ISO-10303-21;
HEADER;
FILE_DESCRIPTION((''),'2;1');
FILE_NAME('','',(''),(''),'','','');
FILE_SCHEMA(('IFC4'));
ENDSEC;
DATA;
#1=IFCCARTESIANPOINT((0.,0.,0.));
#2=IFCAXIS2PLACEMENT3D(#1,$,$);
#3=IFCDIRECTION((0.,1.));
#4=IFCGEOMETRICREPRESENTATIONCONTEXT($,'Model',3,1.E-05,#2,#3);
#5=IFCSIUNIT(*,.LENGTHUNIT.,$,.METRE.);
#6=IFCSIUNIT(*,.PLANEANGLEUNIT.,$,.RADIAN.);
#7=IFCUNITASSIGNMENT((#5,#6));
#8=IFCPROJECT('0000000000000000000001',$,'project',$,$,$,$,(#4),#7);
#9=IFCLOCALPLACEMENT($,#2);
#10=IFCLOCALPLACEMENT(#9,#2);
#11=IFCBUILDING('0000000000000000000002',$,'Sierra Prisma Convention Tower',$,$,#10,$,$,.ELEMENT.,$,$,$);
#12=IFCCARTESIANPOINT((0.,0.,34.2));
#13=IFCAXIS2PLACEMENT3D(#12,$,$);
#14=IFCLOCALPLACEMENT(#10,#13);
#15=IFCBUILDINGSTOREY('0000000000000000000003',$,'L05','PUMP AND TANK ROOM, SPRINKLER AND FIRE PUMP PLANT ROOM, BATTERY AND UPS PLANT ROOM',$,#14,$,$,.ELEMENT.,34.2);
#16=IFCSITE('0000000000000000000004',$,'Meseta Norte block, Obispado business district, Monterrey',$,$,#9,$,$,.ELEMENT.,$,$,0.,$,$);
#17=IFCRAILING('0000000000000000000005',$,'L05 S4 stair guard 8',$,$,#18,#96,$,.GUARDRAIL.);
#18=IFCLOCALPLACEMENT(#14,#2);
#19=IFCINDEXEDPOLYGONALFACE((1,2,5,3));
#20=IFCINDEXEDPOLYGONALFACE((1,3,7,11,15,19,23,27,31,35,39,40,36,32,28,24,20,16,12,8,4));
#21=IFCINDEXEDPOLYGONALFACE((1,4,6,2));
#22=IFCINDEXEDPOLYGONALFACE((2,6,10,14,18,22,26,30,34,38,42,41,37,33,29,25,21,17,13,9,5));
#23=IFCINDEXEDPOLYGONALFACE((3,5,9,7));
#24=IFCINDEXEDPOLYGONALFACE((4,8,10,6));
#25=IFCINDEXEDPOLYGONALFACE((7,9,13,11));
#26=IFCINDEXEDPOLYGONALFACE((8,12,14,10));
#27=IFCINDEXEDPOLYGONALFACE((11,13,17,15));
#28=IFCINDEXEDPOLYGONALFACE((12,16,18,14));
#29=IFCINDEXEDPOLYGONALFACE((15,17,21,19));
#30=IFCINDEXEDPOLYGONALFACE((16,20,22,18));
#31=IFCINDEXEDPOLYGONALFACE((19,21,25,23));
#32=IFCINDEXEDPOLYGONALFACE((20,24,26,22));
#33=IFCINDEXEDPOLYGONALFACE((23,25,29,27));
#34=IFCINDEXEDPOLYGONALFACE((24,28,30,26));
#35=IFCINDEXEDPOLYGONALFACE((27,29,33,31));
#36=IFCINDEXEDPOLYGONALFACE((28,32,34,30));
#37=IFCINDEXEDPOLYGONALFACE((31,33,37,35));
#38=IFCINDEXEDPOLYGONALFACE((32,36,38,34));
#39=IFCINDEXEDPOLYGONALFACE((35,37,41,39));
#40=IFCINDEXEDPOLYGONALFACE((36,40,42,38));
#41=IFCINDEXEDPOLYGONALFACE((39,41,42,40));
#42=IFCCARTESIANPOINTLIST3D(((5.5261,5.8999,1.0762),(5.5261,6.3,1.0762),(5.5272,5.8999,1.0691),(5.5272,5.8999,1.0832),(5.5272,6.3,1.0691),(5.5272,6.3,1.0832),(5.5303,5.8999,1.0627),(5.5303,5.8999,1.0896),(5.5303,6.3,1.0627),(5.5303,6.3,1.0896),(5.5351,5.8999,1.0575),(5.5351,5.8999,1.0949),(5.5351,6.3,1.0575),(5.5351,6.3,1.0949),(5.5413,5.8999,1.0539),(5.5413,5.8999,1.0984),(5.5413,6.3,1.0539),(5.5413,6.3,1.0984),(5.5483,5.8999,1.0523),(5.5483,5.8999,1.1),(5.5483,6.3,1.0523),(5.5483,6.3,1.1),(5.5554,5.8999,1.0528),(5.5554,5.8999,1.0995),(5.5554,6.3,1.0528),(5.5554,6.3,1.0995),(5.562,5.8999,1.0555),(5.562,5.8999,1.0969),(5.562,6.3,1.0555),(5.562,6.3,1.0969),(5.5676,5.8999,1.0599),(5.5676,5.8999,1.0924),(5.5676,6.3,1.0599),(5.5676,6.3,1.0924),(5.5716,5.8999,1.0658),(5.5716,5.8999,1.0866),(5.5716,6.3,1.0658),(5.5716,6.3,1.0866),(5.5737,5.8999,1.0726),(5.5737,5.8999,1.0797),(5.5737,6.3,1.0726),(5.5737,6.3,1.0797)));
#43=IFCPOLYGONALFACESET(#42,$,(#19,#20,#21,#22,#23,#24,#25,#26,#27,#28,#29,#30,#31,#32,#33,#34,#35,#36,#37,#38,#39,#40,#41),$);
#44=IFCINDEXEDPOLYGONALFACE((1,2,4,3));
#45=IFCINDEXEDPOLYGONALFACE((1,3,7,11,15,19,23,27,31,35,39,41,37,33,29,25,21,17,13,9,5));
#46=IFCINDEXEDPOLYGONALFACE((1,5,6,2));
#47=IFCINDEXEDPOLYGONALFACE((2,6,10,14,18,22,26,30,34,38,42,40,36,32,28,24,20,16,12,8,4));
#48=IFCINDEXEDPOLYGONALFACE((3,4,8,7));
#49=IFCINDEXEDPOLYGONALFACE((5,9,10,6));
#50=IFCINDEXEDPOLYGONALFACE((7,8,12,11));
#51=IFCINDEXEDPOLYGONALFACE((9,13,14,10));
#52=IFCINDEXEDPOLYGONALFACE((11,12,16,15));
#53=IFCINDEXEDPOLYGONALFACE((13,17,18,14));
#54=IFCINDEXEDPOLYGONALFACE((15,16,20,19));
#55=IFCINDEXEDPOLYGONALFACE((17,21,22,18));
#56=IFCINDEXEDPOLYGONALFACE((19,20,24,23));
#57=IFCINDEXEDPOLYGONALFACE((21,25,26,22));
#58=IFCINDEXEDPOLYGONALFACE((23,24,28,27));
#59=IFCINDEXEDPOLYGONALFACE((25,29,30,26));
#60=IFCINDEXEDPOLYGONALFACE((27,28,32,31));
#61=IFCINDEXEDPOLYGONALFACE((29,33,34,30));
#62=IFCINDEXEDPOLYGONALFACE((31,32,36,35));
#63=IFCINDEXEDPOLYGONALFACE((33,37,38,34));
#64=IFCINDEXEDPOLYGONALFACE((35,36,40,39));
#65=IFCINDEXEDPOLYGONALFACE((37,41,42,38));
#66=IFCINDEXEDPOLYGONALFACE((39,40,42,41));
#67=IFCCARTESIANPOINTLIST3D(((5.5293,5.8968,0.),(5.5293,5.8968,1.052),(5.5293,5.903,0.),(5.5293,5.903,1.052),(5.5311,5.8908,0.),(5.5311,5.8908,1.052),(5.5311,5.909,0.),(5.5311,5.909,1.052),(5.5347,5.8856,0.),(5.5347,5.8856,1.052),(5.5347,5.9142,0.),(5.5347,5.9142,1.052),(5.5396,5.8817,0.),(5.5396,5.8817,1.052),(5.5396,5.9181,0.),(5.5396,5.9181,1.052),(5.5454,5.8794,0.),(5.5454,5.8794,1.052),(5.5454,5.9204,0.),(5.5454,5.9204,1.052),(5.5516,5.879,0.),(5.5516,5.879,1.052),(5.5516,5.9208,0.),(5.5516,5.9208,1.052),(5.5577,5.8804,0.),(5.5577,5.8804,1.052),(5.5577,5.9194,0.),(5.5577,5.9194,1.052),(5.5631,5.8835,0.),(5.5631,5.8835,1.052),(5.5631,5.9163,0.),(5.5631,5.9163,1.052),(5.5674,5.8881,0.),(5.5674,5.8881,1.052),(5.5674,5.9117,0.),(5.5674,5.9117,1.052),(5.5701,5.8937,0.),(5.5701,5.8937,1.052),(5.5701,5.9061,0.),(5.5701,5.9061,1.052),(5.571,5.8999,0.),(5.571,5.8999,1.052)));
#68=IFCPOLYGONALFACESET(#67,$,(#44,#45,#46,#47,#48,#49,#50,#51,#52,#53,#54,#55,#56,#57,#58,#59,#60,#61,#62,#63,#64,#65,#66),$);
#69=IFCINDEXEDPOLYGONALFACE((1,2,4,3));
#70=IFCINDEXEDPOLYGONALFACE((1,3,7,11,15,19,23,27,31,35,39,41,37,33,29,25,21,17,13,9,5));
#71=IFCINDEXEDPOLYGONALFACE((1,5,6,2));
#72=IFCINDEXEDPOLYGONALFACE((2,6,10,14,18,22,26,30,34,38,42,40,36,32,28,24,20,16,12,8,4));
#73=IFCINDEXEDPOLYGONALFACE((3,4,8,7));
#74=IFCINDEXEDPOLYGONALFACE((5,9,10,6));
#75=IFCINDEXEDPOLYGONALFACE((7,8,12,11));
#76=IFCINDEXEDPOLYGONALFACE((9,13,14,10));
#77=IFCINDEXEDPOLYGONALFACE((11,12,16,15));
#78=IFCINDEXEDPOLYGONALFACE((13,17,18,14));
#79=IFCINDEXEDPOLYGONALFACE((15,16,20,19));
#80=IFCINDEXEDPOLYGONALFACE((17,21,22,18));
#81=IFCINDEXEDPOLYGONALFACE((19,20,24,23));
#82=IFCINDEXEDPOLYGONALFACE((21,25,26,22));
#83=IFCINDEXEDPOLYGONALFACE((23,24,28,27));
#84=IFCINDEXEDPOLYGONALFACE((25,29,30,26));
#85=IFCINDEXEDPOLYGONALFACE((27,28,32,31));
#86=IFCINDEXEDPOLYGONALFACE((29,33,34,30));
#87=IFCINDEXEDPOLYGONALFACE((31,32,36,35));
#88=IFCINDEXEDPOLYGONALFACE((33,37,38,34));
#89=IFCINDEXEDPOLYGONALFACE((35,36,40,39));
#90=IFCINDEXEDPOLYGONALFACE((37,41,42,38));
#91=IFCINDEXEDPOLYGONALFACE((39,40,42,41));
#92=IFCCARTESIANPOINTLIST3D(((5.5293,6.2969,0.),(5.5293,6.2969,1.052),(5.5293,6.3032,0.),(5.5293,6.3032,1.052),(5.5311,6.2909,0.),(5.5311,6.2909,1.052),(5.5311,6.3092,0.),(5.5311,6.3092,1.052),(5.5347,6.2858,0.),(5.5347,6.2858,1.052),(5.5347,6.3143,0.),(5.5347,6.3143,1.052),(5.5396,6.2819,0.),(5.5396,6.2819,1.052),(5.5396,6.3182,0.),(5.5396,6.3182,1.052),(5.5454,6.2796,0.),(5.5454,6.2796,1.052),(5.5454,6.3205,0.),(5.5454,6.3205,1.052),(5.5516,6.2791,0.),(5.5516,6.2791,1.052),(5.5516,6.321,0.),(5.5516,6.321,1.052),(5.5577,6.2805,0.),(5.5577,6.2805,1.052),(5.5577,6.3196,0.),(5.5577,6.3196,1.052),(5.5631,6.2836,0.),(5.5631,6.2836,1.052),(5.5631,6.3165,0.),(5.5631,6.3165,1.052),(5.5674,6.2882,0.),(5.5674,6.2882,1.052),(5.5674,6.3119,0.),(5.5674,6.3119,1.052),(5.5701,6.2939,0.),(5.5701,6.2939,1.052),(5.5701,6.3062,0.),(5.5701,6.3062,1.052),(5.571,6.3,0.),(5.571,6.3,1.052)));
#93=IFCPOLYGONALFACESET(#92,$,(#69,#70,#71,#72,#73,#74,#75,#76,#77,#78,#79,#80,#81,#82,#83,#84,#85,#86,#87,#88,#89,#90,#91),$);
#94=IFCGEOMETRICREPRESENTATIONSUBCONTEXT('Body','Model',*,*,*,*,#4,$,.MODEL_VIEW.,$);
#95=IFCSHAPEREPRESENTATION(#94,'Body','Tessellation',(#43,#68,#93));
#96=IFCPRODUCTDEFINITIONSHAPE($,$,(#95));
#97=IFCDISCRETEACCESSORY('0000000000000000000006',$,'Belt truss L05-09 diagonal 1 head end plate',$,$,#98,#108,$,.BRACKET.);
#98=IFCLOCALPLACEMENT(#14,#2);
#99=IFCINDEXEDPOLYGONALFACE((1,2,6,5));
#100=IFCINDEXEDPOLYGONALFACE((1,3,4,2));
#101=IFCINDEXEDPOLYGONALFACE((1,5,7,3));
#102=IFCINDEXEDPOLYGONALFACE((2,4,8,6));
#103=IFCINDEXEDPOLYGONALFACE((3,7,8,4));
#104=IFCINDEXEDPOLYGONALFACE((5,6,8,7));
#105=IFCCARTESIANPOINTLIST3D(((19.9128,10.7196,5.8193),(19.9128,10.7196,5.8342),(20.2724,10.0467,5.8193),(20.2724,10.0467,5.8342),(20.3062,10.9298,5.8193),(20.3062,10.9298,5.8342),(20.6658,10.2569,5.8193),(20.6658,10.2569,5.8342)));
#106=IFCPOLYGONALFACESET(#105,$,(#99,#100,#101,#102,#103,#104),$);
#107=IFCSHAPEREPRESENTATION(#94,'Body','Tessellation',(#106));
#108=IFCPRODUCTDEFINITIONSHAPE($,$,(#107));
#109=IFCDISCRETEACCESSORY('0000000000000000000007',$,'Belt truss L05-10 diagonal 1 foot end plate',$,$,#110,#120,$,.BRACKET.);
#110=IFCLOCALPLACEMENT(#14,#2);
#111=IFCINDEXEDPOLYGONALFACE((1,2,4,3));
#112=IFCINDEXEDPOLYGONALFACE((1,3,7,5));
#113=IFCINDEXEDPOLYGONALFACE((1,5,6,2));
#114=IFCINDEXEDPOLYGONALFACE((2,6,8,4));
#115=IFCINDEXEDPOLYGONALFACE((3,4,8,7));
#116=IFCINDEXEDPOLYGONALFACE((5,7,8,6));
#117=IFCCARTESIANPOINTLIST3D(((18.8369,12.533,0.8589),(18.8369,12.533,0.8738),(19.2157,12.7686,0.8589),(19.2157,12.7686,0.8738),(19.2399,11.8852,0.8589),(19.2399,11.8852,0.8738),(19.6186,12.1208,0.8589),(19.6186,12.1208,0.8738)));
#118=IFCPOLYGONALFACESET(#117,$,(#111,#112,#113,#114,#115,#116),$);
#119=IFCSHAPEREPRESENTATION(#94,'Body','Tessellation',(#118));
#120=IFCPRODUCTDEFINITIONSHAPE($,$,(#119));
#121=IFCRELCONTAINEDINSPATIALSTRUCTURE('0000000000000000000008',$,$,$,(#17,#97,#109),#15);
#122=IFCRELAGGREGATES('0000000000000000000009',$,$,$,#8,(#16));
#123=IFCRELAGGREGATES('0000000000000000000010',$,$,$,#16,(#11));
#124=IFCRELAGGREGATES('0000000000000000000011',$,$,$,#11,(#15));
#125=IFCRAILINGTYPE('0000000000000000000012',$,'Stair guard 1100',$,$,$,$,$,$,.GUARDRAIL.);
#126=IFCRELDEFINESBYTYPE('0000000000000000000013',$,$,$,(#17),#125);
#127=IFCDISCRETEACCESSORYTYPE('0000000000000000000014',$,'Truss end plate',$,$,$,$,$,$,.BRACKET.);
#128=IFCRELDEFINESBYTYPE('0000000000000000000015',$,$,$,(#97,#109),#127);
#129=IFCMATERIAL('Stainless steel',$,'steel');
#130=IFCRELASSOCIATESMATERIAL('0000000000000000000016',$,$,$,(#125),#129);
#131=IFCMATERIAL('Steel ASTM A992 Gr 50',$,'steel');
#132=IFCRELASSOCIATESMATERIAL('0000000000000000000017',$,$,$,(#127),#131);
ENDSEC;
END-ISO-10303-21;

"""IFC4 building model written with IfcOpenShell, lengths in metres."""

from ifc_helpers import new_model, si_unit, direction, frame, origin, origin_2d, place, context, subcontext, project, spatial, rectangle, circle, extrude, material, type_object, element, save


model = new_model("IFC4")

# Units and contexts
model_context = context("Model", 3, precision=1e-05, world=origin(), true_north=direction((0.0, 1.0)))
body_context = subcontext(model_context, "Body", "Model", "MODEL_VIEW")
ifc_project = project(units=[si_unit("LENGTHUNIT", "METRE"), si_unit("PLANEANGLEUNIT", "RADIAN")], contexts=[model_context])

# Site, building, storey
site_placement = place(None, origin())
site = spatial("IfcSite", under=ifc_project, at=site_placement, Name="Meseta Norte block, Obispado business district, Monterrey", CompositionType="ELEMENT", RefElevation=0.0)
building_placement = place(site_placement, origin())
building = spatial("IfcBuilding", under=site, at=building_placement, Name="Sierra Prisma Convention Tower", CompositionType="ELEMENT")
storey_placement = place(building_placement, frame((0.0, 0.0, 34.2)))
storey = spatial("IfcBuildingStorey", under=building, at=storey_placement, Name="L05", Description="PUMP AND TANK ROOM, SPRINKLER AND FIRE PUMP PLANT ROOM, BATTERY AND UPS PLANT ROOM", CompositionType="ELEMENT", Elevation=34.2)

# Railing
ifc_material_1 = material(Name="Stainless steel", Category="steel")
railing_type_1 = type_object("IfcRailingType", Name="Stair guard 1100", PredefinedType="GUARDRAIL", material=ifc_material_1)
railing_1_placement = place(storey_placement, frame((5.55, 5.8999, 0.0)))
element("IfcRailing", 1, at=railing_1_placement, inside=storey, type_object=railing_type_1, Name="L05 S4 stair guard 8", PredefinedType="GUARDRAIL", context=body_context, shape_type="SweptSolid", body=[
    extrude(circle(Radius=0.0239, at=origin_2d()), frame((0.0, 0.0, 1.0762), z_axis=(0.0, 1.0, 0.0), x_axis=(-1.0, 0.0, 0.0)), (0.0, 0.0, 1.0), 0.4001),
    extrude(circle(Radius=0.021, at=origin_2d()), origin(), (0.0, 0.0, 1.0), 1.052),
    extrude(circle(Radius=0.021, at=origin_2d()), frame((0.0, 0.4001, 0.0)), (0.0, 0.0, 1.0), 1.052),
])

# Discrete accessories
ifc_material_2 = material(Name="Steel ASTM A992 Gr 50", Category="steel")
discrete_accessory_type = type_object("IfcDiscreteAccessoryType", Name="Truss end plate", PredefinedType="BRACKET", material=ifc_material_2)
for number, where, z_axis, x_axis, name in (
    (2, (20.2893, 10.4883, 5.8193), (0.0, 0.0, 1.0), (-0.471264, 0.881992, 0.0), "Belt truss L05-09 diagonal 1 head end plate"),
    (3, (19.2278, 12.3269, 0.8589), (0.0, 0.0, 1.0), (-0.528192, 0.849125, 0.0), "Belt truss L05-10 diagonal 1 foot end plate"),
):
    element("IfcDiscreteAccessory", number, at=place(storey_placement, frame(where, z_axis=z_axis, x_axis=x_axis)), inside=storey, type_object=discrete_accessory_type, Name=name, PredefinedType="BRACKET", context=body_context, shape_type="SweptSolid", body=[
        extrude(rectangle(XDim=0.7629, YDim=0.446, at=origin_2d()), origin(), (0.0, 0.0, 1.0), 0.0149),
    ])

save(model, "model.ifc")
